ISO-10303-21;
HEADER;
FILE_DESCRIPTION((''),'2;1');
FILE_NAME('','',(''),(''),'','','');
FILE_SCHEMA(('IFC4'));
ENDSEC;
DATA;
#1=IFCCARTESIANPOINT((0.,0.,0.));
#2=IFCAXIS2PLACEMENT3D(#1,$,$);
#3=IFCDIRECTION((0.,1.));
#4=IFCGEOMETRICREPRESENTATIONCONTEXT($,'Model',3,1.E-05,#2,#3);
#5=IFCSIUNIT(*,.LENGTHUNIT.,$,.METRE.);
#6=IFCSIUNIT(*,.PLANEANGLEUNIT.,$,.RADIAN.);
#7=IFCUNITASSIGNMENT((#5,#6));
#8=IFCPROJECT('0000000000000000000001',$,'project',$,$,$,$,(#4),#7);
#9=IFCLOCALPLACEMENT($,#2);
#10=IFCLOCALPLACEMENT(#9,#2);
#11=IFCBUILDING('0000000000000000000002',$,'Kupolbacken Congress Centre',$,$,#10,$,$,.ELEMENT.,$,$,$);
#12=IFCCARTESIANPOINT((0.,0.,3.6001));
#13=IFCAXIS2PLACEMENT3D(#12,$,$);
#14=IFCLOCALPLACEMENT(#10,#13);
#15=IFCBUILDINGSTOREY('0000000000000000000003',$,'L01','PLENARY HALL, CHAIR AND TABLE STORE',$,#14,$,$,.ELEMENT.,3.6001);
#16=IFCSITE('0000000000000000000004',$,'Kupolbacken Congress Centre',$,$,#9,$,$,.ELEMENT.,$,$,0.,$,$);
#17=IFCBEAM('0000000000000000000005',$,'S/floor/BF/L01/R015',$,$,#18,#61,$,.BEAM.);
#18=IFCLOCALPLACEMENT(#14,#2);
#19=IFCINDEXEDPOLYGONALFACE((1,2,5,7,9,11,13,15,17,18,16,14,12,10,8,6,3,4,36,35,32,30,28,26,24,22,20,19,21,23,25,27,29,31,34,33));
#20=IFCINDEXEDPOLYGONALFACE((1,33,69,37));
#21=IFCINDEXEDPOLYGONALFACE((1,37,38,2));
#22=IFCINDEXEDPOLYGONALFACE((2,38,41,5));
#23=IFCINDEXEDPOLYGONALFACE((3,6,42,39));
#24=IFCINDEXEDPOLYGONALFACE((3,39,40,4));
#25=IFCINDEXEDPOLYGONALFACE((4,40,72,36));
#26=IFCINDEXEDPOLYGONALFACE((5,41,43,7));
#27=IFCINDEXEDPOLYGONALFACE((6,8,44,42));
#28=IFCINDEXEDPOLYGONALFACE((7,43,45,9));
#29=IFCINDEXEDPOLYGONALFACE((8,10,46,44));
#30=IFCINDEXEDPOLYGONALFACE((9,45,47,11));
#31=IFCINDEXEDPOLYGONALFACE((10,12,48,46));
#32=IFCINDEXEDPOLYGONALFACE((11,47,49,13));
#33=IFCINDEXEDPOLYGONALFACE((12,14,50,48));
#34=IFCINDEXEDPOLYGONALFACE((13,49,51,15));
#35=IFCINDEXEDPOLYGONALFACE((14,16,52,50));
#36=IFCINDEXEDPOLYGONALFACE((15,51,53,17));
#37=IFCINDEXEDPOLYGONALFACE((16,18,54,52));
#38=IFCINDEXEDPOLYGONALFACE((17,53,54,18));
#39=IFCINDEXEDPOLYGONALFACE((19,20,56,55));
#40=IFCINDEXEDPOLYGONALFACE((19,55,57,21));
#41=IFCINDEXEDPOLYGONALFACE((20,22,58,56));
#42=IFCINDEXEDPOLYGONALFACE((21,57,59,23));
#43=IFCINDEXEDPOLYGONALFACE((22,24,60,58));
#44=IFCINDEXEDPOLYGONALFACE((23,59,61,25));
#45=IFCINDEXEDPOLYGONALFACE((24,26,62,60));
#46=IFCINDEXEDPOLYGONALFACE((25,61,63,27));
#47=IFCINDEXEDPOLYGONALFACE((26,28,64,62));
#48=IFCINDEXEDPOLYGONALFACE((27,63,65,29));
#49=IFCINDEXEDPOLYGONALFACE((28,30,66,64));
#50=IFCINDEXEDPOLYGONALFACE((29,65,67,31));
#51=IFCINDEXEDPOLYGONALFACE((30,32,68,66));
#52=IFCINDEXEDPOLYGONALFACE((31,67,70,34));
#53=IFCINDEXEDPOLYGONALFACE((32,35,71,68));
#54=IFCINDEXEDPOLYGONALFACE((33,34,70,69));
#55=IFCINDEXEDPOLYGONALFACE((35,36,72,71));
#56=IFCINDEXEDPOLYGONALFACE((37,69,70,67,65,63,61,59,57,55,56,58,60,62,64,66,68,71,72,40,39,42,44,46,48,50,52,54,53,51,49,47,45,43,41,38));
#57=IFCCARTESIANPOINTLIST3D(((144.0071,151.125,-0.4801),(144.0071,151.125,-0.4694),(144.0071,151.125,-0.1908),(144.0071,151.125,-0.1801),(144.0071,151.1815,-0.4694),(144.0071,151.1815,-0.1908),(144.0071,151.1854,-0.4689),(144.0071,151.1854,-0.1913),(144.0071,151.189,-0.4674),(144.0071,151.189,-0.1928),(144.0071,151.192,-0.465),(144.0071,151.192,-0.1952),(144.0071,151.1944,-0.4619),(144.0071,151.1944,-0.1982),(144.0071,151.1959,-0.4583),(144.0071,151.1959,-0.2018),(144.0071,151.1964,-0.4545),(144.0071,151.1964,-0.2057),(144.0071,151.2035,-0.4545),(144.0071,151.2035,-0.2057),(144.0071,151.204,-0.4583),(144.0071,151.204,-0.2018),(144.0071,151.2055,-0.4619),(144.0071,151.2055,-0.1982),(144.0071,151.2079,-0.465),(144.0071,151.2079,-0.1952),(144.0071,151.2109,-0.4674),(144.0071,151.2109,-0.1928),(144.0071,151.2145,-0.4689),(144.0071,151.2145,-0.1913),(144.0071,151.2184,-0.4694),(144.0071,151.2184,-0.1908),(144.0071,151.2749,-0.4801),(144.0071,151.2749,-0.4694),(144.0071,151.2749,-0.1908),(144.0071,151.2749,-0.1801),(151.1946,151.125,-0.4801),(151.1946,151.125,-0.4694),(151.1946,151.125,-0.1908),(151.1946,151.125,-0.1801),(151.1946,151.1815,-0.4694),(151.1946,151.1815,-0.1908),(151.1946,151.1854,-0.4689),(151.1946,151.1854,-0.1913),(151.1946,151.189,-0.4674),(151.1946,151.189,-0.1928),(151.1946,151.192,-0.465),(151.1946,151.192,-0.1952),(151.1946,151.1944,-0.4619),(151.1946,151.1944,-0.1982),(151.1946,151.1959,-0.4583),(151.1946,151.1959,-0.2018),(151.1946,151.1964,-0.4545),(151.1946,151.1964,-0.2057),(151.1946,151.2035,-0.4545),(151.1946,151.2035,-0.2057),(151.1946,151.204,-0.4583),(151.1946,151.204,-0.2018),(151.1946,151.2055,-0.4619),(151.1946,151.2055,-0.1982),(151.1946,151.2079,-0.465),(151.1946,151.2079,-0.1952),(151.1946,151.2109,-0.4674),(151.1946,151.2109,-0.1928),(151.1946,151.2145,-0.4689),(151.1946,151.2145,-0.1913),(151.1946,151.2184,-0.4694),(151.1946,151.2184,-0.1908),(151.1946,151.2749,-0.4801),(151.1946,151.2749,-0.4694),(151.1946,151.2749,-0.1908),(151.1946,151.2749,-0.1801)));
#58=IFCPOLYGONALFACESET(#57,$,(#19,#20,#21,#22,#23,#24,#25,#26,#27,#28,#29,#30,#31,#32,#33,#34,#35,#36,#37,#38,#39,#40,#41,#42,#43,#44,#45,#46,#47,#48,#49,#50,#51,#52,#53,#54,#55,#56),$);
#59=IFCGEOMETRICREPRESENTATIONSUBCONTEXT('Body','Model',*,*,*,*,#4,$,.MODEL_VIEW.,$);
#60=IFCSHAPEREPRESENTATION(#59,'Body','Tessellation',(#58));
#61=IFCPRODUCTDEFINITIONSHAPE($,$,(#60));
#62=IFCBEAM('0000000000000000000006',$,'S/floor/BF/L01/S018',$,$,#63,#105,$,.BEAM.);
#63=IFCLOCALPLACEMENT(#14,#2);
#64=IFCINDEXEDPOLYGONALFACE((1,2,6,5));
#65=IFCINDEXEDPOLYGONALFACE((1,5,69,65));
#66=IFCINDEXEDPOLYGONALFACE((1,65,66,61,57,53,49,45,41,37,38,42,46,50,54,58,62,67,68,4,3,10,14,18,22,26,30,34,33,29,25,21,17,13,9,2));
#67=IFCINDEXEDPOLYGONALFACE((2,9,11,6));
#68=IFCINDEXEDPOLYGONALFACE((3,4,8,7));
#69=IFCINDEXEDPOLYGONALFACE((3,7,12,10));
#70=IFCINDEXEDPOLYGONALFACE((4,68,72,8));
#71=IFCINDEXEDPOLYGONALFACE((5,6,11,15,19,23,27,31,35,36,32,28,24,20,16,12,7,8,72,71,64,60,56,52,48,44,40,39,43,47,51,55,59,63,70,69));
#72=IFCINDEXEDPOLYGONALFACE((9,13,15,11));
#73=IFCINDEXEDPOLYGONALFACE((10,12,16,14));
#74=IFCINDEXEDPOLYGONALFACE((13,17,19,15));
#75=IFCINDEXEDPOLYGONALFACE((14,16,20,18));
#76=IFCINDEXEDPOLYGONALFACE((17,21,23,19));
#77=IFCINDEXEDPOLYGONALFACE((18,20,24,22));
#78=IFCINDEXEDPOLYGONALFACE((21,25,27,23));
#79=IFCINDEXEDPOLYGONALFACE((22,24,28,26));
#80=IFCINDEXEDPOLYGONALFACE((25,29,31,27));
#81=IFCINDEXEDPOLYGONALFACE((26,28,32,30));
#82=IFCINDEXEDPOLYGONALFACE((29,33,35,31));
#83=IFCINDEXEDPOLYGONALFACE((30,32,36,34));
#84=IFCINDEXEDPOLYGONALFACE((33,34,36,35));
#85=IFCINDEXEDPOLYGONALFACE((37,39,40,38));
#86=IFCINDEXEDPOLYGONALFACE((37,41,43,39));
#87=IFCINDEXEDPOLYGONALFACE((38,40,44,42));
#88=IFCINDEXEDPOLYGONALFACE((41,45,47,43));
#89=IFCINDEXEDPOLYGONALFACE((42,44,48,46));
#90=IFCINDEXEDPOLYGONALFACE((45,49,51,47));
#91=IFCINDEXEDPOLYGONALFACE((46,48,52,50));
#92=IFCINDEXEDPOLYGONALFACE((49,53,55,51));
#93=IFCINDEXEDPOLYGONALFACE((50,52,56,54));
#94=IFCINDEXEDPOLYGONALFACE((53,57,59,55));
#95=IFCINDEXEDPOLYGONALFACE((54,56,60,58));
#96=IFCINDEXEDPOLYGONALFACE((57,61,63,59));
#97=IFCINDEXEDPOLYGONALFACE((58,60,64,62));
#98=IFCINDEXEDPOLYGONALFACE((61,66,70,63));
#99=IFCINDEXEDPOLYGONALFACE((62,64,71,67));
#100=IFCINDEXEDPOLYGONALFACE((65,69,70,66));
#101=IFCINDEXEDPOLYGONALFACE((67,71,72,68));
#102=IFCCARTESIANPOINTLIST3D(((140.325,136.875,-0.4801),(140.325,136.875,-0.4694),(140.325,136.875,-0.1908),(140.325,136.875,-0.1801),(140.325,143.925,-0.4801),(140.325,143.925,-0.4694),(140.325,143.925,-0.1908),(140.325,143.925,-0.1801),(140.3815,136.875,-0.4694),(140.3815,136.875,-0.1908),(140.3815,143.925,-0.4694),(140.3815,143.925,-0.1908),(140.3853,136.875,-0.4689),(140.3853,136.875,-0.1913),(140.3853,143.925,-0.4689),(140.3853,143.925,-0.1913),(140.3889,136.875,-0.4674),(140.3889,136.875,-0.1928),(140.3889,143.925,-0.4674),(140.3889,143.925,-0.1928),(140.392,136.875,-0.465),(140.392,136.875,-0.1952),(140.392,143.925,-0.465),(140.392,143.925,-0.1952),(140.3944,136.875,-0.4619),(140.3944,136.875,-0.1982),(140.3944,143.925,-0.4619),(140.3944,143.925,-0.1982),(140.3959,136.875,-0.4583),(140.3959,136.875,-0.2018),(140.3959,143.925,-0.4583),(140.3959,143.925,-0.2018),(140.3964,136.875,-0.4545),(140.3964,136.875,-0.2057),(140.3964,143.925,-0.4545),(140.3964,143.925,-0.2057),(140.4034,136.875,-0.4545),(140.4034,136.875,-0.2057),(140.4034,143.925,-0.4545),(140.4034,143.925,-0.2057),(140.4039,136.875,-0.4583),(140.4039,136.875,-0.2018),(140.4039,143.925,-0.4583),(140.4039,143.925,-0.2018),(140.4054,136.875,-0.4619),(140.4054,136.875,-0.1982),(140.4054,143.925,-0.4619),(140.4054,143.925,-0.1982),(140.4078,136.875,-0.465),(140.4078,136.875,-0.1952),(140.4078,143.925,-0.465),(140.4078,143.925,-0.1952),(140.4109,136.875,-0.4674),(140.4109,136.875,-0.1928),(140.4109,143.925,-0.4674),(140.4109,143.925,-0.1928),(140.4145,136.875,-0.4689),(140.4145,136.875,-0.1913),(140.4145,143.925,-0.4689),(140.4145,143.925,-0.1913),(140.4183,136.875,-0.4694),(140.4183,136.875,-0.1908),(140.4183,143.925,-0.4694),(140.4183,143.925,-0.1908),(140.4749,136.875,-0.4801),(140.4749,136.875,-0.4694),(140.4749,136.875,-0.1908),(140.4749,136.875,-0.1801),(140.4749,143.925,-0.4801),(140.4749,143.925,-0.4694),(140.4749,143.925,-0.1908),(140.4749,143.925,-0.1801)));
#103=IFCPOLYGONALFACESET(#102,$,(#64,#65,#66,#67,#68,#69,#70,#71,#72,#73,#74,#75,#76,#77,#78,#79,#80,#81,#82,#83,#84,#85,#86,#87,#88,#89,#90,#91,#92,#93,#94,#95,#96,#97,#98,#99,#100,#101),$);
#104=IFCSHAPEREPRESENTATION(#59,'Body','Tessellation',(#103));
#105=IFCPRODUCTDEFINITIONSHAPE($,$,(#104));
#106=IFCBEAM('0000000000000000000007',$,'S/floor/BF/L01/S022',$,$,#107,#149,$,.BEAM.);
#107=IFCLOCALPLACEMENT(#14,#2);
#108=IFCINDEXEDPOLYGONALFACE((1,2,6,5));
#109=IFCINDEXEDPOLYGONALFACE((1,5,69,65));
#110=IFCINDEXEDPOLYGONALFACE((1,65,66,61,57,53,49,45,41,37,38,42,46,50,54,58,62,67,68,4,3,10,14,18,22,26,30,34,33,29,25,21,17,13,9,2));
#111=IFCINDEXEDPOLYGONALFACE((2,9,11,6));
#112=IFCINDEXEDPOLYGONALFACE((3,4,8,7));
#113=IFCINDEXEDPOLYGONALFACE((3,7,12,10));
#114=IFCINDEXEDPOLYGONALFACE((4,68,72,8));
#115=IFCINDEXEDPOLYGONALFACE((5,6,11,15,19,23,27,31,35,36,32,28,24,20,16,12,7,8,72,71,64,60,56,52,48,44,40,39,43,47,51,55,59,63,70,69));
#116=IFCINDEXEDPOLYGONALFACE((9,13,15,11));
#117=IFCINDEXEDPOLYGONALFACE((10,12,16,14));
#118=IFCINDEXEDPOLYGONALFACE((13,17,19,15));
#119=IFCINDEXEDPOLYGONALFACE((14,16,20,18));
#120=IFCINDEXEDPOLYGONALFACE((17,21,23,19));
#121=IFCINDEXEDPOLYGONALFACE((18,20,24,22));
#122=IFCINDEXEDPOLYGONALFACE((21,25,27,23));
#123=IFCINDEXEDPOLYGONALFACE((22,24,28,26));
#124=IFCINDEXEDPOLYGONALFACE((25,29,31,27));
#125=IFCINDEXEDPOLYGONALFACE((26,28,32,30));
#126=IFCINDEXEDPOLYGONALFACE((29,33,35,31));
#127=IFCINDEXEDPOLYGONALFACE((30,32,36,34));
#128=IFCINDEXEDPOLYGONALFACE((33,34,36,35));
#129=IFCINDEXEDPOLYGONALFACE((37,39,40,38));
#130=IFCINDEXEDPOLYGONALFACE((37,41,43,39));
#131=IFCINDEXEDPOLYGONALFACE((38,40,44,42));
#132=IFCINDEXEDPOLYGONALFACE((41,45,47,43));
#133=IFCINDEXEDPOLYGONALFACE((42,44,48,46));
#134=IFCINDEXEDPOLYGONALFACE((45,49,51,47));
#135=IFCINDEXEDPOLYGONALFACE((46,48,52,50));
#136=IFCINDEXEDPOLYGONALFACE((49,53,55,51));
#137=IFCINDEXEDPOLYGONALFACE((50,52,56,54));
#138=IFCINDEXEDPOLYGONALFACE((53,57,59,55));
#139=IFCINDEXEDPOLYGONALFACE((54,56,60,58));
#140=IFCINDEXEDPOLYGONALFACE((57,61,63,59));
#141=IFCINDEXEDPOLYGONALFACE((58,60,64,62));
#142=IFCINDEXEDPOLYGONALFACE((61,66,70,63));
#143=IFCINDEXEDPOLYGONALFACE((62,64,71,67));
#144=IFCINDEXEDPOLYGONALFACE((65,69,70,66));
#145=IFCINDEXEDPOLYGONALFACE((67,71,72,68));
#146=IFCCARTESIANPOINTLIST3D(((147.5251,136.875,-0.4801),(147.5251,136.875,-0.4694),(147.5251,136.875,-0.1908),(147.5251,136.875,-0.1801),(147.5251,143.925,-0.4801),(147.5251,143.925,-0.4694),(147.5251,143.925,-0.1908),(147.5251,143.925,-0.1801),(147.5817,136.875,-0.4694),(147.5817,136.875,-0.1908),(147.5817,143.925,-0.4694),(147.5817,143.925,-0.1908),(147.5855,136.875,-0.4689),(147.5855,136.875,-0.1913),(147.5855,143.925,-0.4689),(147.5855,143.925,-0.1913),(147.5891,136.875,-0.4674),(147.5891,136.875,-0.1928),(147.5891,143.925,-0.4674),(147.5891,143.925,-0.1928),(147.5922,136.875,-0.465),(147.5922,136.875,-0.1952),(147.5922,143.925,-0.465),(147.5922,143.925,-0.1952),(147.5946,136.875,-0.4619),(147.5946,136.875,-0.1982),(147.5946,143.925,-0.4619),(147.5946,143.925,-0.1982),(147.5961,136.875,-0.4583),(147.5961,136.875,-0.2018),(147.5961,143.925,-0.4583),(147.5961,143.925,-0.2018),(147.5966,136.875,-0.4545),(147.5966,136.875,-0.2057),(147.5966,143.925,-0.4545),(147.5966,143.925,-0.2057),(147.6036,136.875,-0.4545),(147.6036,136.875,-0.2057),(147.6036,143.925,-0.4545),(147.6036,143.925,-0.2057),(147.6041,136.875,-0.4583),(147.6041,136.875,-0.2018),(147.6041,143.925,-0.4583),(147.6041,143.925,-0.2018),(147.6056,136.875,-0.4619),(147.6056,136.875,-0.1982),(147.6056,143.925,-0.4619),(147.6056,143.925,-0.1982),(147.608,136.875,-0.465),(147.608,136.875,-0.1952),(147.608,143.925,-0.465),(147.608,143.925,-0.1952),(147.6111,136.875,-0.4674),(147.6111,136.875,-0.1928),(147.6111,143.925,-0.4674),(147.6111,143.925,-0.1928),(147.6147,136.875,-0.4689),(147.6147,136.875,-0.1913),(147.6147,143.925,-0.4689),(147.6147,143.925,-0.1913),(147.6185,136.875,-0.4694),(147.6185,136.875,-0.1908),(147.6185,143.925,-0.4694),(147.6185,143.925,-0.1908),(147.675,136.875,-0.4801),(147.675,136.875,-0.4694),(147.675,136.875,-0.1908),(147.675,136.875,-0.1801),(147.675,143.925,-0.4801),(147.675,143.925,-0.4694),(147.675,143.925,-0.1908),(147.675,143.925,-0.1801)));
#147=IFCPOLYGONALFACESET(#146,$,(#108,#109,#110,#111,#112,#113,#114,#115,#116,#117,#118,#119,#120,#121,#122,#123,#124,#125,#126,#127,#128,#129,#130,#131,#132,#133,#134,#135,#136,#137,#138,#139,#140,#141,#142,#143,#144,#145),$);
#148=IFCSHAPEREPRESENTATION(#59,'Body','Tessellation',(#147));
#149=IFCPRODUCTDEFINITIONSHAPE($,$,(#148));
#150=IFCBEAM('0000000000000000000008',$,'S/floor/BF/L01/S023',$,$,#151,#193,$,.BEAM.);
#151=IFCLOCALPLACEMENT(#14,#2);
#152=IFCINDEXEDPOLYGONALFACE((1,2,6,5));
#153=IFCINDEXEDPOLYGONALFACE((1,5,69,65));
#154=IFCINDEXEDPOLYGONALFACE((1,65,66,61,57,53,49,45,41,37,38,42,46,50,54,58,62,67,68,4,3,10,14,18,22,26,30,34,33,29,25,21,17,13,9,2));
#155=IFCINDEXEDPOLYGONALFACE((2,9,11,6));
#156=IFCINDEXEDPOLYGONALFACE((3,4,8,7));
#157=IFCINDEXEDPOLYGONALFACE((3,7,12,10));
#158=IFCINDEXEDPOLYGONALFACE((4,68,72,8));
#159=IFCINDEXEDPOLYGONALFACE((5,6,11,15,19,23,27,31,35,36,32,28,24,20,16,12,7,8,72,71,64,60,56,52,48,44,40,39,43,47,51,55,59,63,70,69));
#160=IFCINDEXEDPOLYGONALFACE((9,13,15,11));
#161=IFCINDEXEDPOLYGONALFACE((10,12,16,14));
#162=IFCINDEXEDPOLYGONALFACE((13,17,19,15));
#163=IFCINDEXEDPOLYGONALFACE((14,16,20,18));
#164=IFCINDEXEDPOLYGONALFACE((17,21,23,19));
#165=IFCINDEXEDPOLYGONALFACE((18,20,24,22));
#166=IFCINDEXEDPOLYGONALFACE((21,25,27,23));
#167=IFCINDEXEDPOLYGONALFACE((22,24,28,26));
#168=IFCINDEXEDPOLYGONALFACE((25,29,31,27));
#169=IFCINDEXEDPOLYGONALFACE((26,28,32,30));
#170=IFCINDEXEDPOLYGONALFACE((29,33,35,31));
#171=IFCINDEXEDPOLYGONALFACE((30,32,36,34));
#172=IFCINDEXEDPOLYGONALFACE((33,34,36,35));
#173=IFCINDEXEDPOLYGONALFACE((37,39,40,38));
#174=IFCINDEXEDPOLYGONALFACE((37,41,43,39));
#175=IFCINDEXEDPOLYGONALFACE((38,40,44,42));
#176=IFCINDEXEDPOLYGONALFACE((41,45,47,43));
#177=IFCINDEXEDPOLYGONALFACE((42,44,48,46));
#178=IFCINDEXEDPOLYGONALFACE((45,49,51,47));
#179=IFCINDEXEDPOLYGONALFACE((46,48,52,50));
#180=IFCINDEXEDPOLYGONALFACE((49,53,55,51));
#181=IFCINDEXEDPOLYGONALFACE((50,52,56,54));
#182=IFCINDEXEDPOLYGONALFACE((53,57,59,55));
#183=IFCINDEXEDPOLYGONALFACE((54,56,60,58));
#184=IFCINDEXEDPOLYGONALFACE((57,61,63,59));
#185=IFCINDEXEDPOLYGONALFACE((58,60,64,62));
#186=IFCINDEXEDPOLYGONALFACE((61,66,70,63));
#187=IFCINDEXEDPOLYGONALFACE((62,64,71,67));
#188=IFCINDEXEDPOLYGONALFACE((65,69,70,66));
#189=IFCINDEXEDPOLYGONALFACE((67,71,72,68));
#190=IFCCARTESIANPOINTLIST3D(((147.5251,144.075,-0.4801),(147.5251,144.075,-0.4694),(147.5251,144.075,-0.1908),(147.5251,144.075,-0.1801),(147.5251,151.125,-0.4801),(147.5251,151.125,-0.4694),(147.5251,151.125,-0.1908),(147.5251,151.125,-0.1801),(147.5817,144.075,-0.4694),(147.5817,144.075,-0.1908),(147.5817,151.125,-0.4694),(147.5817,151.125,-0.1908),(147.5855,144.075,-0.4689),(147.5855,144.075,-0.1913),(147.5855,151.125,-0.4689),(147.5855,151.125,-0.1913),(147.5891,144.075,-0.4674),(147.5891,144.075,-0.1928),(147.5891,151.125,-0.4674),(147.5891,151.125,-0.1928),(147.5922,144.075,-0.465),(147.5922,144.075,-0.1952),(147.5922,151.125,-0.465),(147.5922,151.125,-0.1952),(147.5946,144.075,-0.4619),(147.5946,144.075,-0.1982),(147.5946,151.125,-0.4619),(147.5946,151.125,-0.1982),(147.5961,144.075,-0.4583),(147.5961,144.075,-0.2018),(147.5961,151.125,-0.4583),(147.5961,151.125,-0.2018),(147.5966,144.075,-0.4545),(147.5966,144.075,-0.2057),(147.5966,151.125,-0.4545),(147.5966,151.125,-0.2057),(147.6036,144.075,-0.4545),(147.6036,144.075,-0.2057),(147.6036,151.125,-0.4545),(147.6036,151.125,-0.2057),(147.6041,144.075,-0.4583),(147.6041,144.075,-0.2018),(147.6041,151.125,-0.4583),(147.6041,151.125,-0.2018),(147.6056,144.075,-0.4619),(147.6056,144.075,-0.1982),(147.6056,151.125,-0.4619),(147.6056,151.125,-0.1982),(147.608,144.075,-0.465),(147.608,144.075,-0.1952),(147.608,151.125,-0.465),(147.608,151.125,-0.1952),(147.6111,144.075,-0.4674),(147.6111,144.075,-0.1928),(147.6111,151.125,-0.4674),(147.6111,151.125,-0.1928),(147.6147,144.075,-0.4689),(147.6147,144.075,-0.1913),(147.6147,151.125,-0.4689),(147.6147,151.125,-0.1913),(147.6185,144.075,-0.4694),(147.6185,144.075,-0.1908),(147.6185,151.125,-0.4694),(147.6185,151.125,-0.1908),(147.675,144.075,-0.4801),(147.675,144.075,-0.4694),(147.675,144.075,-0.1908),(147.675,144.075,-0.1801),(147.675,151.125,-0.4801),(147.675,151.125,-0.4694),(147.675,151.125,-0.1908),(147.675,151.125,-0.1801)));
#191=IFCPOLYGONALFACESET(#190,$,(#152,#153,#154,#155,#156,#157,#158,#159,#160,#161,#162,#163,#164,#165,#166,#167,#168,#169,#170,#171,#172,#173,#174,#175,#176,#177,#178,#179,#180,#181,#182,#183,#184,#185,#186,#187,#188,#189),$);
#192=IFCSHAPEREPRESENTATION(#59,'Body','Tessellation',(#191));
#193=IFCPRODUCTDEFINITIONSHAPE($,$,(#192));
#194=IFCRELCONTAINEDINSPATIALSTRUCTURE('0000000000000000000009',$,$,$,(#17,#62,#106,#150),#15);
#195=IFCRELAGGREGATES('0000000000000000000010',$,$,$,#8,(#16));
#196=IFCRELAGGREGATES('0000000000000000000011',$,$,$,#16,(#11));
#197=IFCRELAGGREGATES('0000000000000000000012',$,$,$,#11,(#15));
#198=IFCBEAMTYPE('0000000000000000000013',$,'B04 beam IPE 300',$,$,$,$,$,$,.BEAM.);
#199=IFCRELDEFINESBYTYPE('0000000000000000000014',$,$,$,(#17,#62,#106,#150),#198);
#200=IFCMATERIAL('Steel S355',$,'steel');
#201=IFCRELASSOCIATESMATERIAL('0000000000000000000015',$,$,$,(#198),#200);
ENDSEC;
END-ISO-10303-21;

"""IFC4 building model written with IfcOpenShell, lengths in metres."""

from ifc_helpers import new_model, si_unit, direction, frame, origin, origin_2d, place, context, subcontext, project, spatial, i_section, extrude, material, material_profile, profile_set, type_object, element, save


model = new_model("IFC4")

# Units and contexts
model_context = context("Model", 3, precision=1e-05, world=origin(), true_north=direction((0.0, 1.0)))
body_context = subcontext(model_context, "Body", "Model", "MODEL_VIEW")
ifc_project = project(units=[si_unit("LENGTHUNIT", "METRE"), si_unit("PLANEANGLEUNIT", "RADIAN")], contexts=[model_context])

# Site, building, storey
site_placement = place(None, origin())
site = spatial("IfcSite", under=ifc_project, at=site_placement, Name="Kupolbacken Congress Centre", CompositionType="ELEMENT", RefElevation=0.0)
building_placement = place(site_placement, origin())
building = spatial("IfcBuilding", under=site, at=building_placement, Name="Kupolbacken Congress Centre", CompositionType="ELEMENT")
storey_placement = place(building_placement, frame((0.0, 0.0, 3.6001)))
storey = spatial("IfcBuildingStorey", under=building, at=storey_placement, Name="L01", Description="PLENARY HALL, CHAIR AND TABLE STORE", CompositionType="ELEMENT", Elevation=3.6001)

# Beams
ifc_material_1 = material(Name="Steel S355", Category="steel")
ifc_material_profile_1 = material_profile(ifc_material_1, i_section(OverallWidth=0.1499, OverallDepth=0.3, WebThickness=0.0071, FlangeThickness=0.0107, FilletRadius=0.0149, at=origin_2d()), Name="IPE 300")
ifc_profile_set_1 = profile_set([ifc_material_profile_1], Name="Steel S355")
beam_type_1 = type_object("IfcBeamType", Name="B04 beam IPE 300", PredefinedType="BEAM", material=ifc_profile_set_1)
beam_1_placement = place(storey_placement, frame((144.0071, 151.2, -0.3301), z_axis=(1.0, 0.0, 0.0), x_axis=(0.0, 1.0, 0.0)))
element("IfcBeam", 1, at=beam_1_placement, inside=storey, type_object=beam_type_1, Name="S/floor/BF/L01/R015", PredefinedType="BEAM", context=body_context, shape_type="SweptSolid", body=[
    extrude(i_section(OverallWidth=0.1499, OverallDepth=0.3, WebThickness=0.0071, FlangeThickness=0.0107, FilletRadius=0.0149, at=origin_2d()), origin(), (0.0, 0.0, 1.0), 7.1875),
])
for number, where, z_axis, x_axis, name in (
    (2, (140.3999, 136.875, -0.3301), (0.0, 1.0, 0.0), (-1.0, 0.0, 0.0), "S/floor/BF/L01/S018"),
    (3, (147.6001, 136.875, -0.3301), (0.0, 1.0, 0.0), (-1.0, 0.0, 0.0), "S/floor/BF/L01/S022"),
    (4, (147.6001, 144.075, -0.3301), (0.0, 1.0, 0.0), (-1.0, 0.0, 0.0), "S/floor/BF/L01/S023"),
):
    element("IfcBeam", number, at=place(storey_placement, frame(where, z_axis=z_axis, x_axis=x_axis)), inside=storey, type_object=beam_type_1, Name=name, PredefinedType="BEAM", context=body_context, shape_type="SweptSolid", body=[
        extrude(i_section(OverallWidth=0.1499, OverallDepth=0.3, WebThickness=0.0071, FlangeThickness=0.0107, FilletRadius=0.0149, at=origin_2d()), origin(), (0.0, 0.0, 1.0), 7.05),
    ])

save(model, "model.ifc")
